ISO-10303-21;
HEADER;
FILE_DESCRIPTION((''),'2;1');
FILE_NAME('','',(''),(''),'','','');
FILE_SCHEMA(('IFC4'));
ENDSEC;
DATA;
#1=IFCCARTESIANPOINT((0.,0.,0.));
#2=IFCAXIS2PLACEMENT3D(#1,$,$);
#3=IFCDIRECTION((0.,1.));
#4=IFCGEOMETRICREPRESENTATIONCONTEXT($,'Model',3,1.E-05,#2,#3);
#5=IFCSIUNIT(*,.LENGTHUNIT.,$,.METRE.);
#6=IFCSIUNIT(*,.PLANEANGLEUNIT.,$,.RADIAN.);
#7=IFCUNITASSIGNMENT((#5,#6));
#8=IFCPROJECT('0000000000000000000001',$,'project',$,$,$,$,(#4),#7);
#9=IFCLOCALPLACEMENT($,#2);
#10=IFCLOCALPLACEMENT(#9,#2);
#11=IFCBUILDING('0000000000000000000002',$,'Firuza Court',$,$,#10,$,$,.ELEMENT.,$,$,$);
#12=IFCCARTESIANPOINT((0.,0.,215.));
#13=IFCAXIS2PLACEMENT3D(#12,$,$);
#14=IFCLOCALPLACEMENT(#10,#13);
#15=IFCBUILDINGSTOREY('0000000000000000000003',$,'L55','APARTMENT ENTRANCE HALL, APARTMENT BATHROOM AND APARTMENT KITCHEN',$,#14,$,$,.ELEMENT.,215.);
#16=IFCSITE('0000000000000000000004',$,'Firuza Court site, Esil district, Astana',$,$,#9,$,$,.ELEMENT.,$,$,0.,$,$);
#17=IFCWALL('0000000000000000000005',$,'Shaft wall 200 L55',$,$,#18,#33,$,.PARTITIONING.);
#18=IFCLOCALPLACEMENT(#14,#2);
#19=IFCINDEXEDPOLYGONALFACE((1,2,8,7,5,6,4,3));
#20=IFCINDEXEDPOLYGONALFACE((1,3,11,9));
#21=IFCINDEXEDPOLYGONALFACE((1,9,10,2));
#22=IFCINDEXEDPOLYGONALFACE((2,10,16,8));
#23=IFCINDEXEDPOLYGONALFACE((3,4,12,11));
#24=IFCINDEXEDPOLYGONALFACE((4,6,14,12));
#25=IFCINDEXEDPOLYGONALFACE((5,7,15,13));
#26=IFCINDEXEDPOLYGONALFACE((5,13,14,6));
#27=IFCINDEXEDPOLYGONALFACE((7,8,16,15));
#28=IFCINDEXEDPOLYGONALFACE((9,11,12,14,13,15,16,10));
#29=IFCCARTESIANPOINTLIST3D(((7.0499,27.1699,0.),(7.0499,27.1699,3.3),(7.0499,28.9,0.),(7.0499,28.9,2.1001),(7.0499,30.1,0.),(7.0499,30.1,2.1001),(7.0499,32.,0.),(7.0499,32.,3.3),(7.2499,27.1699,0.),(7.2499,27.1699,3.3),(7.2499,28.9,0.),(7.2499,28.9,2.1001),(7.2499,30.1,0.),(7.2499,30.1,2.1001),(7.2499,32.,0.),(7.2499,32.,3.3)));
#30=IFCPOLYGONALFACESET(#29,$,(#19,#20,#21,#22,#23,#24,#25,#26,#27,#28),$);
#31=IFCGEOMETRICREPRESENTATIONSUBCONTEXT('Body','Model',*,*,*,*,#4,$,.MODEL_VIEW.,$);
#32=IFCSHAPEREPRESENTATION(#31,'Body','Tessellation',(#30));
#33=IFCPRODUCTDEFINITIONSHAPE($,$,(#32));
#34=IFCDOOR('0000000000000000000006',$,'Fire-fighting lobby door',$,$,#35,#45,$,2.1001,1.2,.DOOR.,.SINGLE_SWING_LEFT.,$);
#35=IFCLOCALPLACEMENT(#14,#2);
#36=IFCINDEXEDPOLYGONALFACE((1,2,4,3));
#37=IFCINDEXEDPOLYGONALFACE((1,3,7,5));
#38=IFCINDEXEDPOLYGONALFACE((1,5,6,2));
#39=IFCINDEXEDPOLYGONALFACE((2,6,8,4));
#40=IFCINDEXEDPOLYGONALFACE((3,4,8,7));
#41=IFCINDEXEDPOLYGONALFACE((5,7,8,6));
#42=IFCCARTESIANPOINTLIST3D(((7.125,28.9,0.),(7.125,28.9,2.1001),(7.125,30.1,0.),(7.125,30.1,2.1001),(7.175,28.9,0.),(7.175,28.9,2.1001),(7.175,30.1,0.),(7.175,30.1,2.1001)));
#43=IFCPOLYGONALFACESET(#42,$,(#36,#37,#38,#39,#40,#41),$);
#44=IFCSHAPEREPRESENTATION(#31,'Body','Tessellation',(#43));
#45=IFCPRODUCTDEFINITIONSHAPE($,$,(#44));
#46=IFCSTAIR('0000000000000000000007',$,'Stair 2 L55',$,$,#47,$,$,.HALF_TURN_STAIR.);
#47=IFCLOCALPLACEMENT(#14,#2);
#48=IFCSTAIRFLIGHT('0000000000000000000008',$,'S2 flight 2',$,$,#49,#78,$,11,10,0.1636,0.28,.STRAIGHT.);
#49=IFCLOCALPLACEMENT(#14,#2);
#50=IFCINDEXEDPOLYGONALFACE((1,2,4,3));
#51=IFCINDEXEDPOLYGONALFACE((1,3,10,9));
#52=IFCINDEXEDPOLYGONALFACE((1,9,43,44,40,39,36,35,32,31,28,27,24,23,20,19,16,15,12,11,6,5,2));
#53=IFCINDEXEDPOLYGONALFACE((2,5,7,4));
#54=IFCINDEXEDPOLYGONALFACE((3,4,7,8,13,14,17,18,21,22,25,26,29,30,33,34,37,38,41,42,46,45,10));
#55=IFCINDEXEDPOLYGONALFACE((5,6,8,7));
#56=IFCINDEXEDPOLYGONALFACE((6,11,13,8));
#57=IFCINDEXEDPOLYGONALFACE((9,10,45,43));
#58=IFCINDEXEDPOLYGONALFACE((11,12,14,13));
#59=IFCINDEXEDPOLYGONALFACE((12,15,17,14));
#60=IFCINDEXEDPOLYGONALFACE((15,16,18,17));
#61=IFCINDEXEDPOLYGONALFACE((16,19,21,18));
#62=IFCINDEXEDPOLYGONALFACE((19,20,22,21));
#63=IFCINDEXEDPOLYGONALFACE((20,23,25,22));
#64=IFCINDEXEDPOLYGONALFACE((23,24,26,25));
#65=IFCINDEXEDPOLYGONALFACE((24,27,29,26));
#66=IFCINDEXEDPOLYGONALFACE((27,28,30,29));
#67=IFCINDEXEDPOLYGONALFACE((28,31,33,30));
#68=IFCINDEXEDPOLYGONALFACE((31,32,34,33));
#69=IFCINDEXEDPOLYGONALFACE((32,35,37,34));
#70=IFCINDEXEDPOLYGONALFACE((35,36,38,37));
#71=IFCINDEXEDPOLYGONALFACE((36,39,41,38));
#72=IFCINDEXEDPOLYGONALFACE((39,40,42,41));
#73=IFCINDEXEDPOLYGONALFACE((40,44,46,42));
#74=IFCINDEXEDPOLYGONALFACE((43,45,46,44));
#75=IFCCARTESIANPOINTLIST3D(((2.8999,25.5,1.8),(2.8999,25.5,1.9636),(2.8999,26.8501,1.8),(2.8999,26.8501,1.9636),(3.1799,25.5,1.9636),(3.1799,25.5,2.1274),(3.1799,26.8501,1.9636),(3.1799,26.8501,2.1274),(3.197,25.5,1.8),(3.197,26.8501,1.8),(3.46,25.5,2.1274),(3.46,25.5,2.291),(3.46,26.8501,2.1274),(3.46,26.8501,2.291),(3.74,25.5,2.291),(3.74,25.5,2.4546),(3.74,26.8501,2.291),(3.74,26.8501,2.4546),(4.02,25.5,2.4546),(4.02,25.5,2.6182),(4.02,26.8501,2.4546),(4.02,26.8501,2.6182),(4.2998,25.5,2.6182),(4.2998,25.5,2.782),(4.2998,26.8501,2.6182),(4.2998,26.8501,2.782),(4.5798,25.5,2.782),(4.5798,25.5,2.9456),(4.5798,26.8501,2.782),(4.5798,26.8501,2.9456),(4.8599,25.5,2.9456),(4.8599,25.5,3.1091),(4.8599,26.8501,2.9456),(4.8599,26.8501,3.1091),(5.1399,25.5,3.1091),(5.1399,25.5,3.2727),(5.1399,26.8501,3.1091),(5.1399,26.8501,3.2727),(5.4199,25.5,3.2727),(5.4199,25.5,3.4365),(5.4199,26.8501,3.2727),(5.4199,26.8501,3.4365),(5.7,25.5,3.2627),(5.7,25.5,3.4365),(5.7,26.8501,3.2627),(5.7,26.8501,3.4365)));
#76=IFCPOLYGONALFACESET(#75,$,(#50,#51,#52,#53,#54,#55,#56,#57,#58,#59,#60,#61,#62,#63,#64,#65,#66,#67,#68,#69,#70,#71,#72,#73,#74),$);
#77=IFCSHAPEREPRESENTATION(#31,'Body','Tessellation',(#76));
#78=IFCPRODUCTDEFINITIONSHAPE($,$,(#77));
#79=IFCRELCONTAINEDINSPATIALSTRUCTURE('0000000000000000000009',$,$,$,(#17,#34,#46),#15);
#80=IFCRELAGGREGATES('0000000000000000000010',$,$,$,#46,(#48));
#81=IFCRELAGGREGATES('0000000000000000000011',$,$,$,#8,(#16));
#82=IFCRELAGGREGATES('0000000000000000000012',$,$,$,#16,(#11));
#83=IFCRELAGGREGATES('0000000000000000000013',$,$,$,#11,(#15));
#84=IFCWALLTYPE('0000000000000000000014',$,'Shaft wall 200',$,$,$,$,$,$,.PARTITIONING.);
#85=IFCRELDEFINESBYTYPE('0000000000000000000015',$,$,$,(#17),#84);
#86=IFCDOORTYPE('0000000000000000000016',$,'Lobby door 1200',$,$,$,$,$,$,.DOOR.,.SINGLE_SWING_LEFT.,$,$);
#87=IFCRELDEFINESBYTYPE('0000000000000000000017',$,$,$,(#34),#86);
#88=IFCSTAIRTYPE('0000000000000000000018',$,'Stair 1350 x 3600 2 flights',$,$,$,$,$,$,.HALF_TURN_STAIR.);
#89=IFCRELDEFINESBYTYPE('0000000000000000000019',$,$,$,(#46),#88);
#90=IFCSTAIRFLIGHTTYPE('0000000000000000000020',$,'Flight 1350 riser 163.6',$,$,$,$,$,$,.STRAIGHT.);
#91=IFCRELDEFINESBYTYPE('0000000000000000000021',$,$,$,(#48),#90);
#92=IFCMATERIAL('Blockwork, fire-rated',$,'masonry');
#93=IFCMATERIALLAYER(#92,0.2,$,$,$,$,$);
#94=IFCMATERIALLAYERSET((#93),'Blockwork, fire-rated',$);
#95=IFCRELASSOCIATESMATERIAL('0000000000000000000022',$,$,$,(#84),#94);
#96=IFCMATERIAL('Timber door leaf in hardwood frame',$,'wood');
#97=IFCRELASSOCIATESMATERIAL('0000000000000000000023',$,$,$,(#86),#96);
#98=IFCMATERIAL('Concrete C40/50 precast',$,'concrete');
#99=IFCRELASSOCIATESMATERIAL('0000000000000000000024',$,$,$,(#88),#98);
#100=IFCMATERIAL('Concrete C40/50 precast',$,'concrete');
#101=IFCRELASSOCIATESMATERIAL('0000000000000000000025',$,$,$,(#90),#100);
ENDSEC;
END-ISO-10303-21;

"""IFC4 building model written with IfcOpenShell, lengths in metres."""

from ifc_helpers import new_model, si_unit, direction, frame, frame_2d, origin, place, context, subcontext, project, spatial, polyline, rectangle, outline, extrude, material, layer, layer_set, type_object, element, fill, aggregate, save


model = new_model("IFC4")

# Units and contexts
model_context = context("Model", 3, precision=1e-05, world=origin(), true_north=direction((0.0, 1.0)))
body_context = subcontext(model_context, "Body", "Model", "MODEL_VIEW")
ifc_project = project(units=[si_unit("LENGTHUNIT", "METRE"), si_unit("PLANEANGLEUNIT", "RADIAN")], contexts=[model_context])

# Site, building, storey
site_placement = place(None, origin())
site = spatial("IfcSite", under=ifc_project, at=site_placement, Name="Firuza Court site, Esil district, Astana", CompositionType="ELEMENT", RefElevation=0.0)
building_placement = place(site_placement, origin())
building = spatial("IfcBuilding", under=site, at=building_placement, Name="Firuza Court", CompositionType="ELEMENT")
storey_placement = place(building_placement, frame((0.0, 0.0, 215.0)))
storey = spatial("IfcBuildingStorey", under=building, at=storey_placement, Name="L55", Description="APARTMENT ENTRANCE HALL, APARTMENT BATHROOM AND APARTMENT KITCHEN", CompositionType="ELEMENT", Elevation=215.0)

# Wall, opening, door
ifc_material_1 = material(Name="Blockwork, fire-rated", Category="masonry")
ifc_layer_1 = layer(ifc_material_1, 0.2)
ifc_layer_set_1 = layer_set([ifc_layer_1], Name="Blockwork, fire-rated")
wall_type_1 = type_object("IfcWallType", Name="Shaft wall 200", PredefinedType="PARTITIONING", material=ifc_layer_set_1)
wall_1_placement = place(storey_placement, frame((7.1499, 27.1699, 0.0), z_axis=(0.0, 0.0, 1.0), x_axis=(0.0, 1.0, 0.0)))
wall_1 = element("IfcWall", 1, at=wall_1_placement, inside=storey, type_object=wall_type_1, Name="Shaft wall 200 L55", PredefinedType="PARTITIONING", context=body_context, shape_type="SweptSolid", body=[
    extrude(rectangle(XDim=4.8301, YDim=0.2, at=frame_2d((2.415, 0.0))), origin(), (0.0, 0.0, 1.0), 3.3),
])
opening_1_placement = place(wall_1_placement, frame((1.73, 0.0, 0.0)))
opening_1 = element("IfcOpeningElement", 2, at=opening_1_placement, cuts=wall_1, PredefinedType="OPENING", context=body_context, shape_type="SweptSolid", body=[
    extrude(rectangle(XDim=1.2, YDim=2.1001, at=frame_2d((0.6001, 1.05))), frame((0.0, 0.1118, 0.0), z_axis=(0.0, -1.0, 0.0), x_axis=(1.0, 0.0, 0.0)), (0.0, 0.0, 1.0), 0.2239),
])
ifc_material_2 = material(Name="Timber door leaf in hardwood frame", Category="wood")
door_type_1 = type_object("IfcDoorType", Name="Lobby door 1200", OperationType="SINGLE_SWING_LEFT", PredefinedType="DOOR", material=ifc_material_2)
door_1_placement = place(opening_1_placement, origin())
door_1 = element("IfcDoor", 3, at=door_1_placement, inside=storey, type_object=door_type_1, Name="Fire-fighting lobby door", OperationType="SINGLE_SWING_LEFT", OverallHeight=2.1001, OverallWidth=1.2, PredefinedType="DOOR", context=body_context, shape_type="SweptSolid", body=[
    extrude(rectangle(XDim=1.2, YDim=2.1001, at=frame_2d((0.6001, 1.05))), frame((0.0, 0.0249, 0.0), z_axis=(0.0, -1.0, 0.0), x_axis=(1.0, 0.0, 0.0)), (0.0, 0.0, 1.0), 0.05),
])
fill(opening_1, door_1)

# Stair, stair flight
ifc_material_3 = material(Name="Concrete C40/50 precast", Category="concrete")
stair_type = type_object("IfcStairType", Name="Stair 1350 x 3600 2 flights", PredefinedType="HALF_TURN_STAIR", material=ifc_material_3)
stair_placement = place(storey_placement, origin())
stair = element("IfcStair", 4, at=stair_placement, inside=storey, type_object=stair_type, Name="Stair 2 L55", PredefinedType="HALF_TURN_STAIR")
ifc_material_4 = material(Name="Concrete C40/50 precast", Category="concrete")
stair_flight_type = type_object("IfcStairFlightType", Name="Flight 1350 riser 163.6", PredefinedType="STRAIGHT", material=ifc_material_4)
stair_flight_placement = place(storey_placement, frame((2.8999, 26.175, 1.8), z_axis=(0.0, 0.0, 1.0), x_axis=(1.0, 0.0, 0.0)))
stair_flight = element("IfcStairFlight", 5, at=stair_flight_placement, type_object=stair_flight_type, Name="S2 flight 2", NumberOfRisers=11, NumberOfTreads=10, PredefinedType="STRAIGHT", RiserHeight=0.1636, TreadLength=0.28, context=body_context, shape_type="SweptSolid", body=[
    extrude(outline(polyline([(0.0, 0.0), (0.0, 0.1636), (0.28, 0.1636), (0.28, 0.3274), (0.5601, 0.3274), (0.5601, 0.491), (0.8401, 0.491), (0.8401, 0.6545), (1.1201, 0.6545), (1.1201, 0.8181), (1.3999, 0.8181), (1.3999, 0.9819), (1.6799, 0.9819), (1.6799, 1.1455), (1.96, 1.1455), (1.96, 1.3091), (2.24, 1.3091), (2.24, 1.4727), (2.52, 1.4727), (2.52, 1.6365), (2.8, 1.6365), (2.8, 1.8), (2.8, 1.4626), (0.2971, 0.0), (0.0, 0.0)])), frame((0.0, 0.675, 0.0), z_axis=(0.0, -1.0, 0.0), x_axis=(1.0, 0.0, 0.0)), (0.0, 0.0, 1.0), 1.3501),
])
aggregate(stair, [stair_flight])

save(model, "model.ifc")
